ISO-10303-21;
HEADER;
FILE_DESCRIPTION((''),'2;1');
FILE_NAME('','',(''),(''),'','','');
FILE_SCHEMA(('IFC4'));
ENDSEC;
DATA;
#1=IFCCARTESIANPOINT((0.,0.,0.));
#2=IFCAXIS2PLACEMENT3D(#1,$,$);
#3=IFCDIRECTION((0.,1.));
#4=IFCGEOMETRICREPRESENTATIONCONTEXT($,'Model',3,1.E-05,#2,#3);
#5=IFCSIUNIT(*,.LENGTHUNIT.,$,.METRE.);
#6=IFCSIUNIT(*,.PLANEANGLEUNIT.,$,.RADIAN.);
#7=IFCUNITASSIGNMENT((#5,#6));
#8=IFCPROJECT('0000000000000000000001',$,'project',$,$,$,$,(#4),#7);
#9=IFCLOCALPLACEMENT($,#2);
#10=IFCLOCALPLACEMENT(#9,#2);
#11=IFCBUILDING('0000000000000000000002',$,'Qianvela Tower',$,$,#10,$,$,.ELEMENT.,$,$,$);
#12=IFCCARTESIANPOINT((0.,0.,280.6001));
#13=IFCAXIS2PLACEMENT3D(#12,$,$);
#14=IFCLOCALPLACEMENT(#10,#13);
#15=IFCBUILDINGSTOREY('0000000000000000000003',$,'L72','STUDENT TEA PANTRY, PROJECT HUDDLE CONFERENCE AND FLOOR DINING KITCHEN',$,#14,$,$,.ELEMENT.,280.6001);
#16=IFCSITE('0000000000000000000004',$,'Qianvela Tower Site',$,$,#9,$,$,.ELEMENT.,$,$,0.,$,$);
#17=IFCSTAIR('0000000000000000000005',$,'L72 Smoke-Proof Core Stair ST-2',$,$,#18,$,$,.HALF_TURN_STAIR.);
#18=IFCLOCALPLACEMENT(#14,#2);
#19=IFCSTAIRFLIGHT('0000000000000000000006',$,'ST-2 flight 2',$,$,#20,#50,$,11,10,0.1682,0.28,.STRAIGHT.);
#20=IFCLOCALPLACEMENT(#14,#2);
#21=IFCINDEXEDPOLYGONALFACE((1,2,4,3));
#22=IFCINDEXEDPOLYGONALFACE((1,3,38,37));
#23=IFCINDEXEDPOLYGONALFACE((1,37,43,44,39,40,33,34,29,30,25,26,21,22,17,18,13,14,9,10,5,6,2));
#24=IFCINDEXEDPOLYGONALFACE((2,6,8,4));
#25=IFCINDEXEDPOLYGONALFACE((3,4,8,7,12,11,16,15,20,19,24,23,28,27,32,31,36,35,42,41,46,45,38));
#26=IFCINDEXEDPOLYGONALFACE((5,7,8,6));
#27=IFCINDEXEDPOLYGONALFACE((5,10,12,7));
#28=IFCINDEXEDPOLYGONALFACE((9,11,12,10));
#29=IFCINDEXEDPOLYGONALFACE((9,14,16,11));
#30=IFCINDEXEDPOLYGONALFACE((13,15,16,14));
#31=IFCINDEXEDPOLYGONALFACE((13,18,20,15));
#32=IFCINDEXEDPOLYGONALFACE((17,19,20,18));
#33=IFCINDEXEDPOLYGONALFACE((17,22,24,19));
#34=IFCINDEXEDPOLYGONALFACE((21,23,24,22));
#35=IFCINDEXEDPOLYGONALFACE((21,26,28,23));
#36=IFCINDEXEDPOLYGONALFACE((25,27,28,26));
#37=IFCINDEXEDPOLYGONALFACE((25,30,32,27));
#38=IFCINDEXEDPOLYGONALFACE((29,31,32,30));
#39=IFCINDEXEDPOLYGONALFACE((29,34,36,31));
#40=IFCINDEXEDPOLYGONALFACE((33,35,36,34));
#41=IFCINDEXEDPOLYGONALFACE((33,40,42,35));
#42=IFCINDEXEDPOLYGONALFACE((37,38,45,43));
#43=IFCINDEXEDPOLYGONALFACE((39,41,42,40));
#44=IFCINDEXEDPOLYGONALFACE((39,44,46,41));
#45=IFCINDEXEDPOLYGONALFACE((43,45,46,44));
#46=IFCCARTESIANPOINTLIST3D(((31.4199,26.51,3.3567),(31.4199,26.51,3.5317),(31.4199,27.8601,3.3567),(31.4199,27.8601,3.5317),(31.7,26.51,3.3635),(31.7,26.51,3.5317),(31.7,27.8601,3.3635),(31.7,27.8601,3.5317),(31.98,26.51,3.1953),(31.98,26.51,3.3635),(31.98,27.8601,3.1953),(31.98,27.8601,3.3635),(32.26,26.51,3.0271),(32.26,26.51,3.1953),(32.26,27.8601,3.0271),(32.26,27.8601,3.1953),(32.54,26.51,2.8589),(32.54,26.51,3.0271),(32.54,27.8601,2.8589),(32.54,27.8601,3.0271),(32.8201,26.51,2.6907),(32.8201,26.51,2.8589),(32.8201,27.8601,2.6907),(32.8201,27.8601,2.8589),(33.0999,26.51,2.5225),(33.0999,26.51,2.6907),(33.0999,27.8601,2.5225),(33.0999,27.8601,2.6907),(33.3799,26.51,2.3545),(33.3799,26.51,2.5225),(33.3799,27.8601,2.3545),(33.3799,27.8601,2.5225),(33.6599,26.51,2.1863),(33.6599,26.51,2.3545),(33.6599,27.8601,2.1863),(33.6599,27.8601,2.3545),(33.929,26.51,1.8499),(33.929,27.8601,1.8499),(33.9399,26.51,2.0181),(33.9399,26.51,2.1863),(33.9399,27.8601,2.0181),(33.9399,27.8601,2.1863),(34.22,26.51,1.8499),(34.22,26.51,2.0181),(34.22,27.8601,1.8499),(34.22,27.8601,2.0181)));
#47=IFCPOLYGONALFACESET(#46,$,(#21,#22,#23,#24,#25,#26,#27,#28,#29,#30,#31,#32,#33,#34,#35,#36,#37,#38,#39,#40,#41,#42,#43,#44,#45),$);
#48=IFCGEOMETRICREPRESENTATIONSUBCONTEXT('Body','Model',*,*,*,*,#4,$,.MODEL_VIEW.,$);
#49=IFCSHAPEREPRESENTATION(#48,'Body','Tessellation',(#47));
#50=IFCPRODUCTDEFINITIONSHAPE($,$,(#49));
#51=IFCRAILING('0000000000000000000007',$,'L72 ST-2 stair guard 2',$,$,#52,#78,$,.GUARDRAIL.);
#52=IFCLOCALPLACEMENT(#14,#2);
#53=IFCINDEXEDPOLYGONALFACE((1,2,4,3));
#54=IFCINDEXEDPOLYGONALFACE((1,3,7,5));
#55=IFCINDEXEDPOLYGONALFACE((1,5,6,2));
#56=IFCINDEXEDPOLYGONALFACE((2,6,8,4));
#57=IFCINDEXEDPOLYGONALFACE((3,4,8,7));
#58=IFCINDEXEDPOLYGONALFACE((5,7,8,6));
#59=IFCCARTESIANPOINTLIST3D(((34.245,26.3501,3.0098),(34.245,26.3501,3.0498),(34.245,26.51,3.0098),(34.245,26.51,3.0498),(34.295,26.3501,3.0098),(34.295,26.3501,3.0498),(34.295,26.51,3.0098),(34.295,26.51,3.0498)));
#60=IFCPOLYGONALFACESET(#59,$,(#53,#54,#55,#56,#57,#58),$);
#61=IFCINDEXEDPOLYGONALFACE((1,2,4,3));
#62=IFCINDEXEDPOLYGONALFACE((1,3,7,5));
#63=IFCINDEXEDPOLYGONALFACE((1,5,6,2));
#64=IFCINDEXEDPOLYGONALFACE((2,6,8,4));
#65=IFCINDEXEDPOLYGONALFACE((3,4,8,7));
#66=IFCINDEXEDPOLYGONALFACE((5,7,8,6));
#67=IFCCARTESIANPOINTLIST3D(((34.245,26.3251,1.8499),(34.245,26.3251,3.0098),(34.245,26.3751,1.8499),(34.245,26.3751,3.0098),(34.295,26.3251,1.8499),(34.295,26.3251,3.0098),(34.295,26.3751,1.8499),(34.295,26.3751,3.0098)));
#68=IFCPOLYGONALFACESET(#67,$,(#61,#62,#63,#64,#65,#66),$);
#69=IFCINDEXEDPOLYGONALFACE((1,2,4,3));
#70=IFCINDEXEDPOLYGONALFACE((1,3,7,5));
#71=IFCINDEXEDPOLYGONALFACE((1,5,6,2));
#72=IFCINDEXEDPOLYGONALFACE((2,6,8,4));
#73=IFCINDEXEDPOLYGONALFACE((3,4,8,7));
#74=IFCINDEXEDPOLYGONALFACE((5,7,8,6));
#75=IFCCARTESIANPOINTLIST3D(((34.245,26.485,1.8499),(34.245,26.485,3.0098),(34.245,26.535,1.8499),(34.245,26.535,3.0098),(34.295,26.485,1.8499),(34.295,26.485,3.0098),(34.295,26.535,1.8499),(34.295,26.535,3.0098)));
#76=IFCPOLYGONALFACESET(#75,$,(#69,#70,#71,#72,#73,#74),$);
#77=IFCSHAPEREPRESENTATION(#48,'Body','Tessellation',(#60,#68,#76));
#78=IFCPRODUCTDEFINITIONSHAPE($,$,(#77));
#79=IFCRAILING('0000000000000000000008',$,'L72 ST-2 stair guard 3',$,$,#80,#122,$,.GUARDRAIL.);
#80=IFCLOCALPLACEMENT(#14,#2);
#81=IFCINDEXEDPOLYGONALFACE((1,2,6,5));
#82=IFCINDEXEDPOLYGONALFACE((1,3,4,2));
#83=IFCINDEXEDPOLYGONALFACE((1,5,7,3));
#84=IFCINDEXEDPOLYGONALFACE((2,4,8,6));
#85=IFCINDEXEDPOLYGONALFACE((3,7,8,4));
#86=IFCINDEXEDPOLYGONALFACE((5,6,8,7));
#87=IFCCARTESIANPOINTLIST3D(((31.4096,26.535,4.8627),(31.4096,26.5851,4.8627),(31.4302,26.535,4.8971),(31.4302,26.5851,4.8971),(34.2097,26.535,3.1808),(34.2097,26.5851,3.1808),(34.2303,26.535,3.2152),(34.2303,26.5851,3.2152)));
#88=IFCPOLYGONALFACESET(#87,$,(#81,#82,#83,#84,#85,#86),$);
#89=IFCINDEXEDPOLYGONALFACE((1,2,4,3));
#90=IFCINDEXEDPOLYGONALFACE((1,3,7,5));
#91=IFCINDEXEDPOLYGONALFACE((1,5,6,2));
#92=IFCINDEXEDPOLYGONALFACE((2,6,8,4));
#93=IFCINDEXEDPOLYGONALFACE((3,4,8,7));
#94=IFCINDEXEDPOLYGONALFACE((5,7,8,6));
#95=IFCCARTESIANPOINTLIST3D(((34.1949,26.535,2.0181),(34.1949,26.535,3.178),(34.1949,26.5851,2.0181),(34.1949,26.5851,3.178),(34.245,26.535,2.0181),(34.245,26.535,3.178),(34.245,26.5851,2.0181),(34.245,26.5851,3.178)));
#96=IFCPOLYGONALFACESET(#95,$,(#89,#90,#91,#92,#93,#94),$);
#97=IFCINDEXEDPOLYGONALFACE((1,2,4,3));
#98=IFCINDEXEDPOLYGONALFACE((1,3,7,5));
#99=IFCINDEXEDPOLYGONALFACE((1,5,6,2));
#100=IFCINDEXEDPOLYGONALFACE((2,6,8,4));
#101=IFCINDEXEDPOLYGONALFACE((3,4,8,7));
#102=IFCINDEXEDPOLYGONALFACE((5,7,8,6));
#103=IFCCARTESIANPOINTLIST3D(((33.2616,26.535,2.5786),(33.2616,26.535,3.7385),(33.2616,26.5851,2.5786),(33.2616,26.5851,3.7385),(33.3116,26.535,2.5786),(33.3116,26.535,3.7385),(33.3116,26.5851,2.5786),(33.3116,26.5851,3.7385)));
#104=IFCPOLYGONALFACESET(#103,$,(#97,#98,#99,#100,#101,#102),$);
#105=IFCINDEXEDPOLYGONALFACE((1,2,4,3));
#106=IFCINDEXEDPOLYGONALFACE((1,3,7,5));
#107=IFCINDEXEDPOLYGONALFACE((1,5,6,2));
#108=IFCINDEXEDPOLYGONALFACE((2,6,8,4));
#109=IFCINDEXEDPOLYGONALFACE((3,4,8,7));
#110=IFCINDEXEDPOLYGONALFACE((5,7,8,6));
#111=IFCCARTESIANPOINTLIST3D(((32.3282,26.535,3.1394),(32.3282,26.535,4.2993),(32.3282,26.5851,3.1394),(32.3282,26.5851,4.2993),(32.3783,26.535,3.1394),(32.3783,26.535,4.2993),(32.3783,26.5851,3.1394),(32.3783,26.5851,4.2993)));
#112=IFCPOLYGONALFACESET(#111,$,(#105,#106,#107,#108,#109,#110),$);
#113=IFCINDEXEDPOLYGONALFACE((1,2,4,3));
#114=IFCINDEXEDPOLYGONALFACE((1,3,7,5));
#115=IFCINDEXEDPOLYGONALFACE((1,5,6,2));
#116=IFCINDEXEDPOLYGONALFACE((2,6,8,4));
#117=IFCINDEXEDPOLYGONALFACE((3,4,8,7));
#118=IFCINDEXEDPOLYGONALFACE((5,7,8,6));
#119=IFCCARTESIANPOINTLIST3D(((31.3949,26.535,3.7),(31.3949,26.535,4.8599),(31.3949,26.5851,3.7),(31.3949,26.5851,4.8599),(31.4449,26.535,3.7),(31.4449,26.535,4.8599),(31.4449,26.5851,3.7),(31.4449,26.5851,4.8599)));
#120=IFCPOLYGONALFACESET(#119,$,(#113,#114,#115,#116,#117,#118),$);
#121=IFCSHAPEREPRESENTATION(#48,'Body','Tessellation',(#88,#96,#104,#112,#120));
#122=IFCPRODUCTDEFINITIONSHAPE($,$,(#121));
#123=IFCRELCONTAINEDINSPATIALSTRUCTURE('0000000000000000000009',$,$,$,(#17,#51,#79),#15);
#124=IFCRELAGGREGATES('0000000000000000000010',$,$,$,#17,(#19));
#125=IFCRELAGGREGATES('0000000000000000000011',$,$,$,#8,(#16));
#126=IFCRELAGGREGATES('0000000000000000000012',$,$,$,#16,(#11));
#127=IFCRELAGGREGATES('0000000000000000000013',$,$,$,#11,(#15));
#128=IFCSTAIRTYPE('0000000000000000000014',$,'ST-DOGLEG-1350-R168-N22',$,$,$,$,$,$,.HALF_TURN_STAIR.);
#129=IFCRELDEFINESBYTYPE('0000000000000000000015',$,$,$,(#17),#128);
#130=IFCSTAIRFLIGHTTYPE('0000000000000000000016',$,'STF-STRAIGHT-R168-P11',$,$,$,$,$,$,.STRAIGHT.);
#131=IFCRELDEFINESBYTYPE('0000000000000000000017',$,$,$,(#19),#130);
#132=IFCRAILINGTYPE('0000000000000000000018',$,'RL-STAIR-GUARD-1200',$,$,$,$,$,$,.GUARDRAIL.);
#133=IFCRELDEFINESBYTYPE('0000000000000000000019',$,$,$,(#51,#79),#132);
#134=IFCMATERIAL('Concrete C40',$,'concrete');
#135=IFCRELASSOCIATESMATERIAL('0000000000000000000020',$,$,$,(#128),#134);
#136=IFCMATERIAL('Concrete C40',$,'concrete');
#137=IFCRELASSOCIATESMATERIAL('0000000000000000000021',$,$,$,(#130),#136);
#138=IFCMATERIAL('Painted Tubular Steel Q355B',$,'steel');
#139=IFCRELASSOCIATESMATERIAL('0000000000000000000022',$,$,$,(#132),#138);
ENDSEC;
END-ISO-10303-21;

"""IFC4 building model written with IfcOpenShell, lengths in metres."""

from ifc_helpers import new_model, si_unit, direction, frame, origin, origin_2d, place, context, subcontext, project, spatial, polyline, rectangle, outline, extrude, material, type_object, element, aggregate, save


model = new_model("IFC4")

# Units and contexts
model_context = context("Model", 3, precision=1e-05, world=origin(), true_north=direction((0.0, 1.0)))
body_context = subcontext(model_context, "Body", "Model", "MODEL_VIEW")
ifc_project = project(units=[si_unit("LENGTHUNIT", "METRE"), si_unit("PLANEANGLEUNIT", "RADIAN")], contexts=[model_context])

# Site, building, storey
site_placement = place(None, origin())
site = spatial("IfcSite", under=ifc_project, at=site_placement, Name="Qianvela Tower Site", CompositionType="ELEMENT", RefElevation=0.0)
building_placement = place(site_placement, origin())
building = spatial("IfcBuilding", under=site, at=building_placement, Name="Qianvela Tower", CompositionType="ELEMENT")
storey_placement = place(building_placement, frame((0.0, 0.0, 280.6001)))
storey = spatial("IfcBuildingStorey", under=building, at=storey_placement, Name="L72", Description="STUDENT TEA PANTRY, PROJECT HUDDLE CONFERENCE AND FLOOR DINING KITCHEN", CompositionType="ELEMENT", Elevation=280.6001)

# Stair, stair flight
ifc_material_1 = material(Name="Concrete C40", Category="concrete")
stair_type = type_object("IfcStairType", Name="ST-DOGLEG-1350-R168-N22", PredefinedType="HALF_TURN_STAIR", material=ifc_material_1)
stair_placement = place(storey_placement, origin())
stair = element("IfcStair", 1, at=stair_placement, inside=storey, type_object=stair_type, Name="L72 Smoke-Proof Core Stair ST-2", PredefinedType="HALF_TURN_STAIR")
ifc_material_2 = material(Name="Concrete C40", Category="concrete")
stair_flight_type = type_object("IfcStairFlightType", Name="STF-STRAIGHT-R168-P11", PredefinedType="STRAIGHT", material=ifc_material_2)
stair_flight_placement = place(storey_placement, frame((34.22, 27.1851, 1.8499), z_axis=(0.0, 0.0, 1.0), x_axis=(-1.0, 0.0, 0.0)))
stair_flight = element("IfcStairFlight", 2, at=stair_flight_placement, type_object=stair_flight_type, Name="ST-2 flight 2", NumberOfRisers=11, NumberOfTreads=10, PredefinedType="STRAIGHT", RiserHeight=0.1682, TreadLength=0.28, context=body_context, shape_type="SweptSolid", body=[
    extrude(outline(polyline([(0.0, 0.0), (0.0, 0.1682), (0.28, 0.1682), (0.28, 0.3364), (0.5601, 0.3364), (0.5601, 0.5046), (0.8401, 0.5046), (0.8401, 0.6726), (1.1201, 0.6726), (1.1201, 0.8408), (1.3999, 0.8408), (1.3999, 1.009), (1.6799, 1.009), (1.6799, 1.1772), (1.96, 1.1772), (1.96, 1.3455), (2.24, 1.3455), (2.24, 1.5137), (2.52, 1.5137), (2.52, 1.6819), (2.8, 1.6819), (2.8, 1.8501), (2.8, 1.5068), (0.291, 0.0), (0.0, 0.0)])), frame((0.0, 0.675, 0.0), z_axis=(0.0, -1.0, 0.0), x_axis=(1.0, 0.0, 0.0)), (0.0, 0.0, 1.0), 1.3501),
])
aggregate(stair, [stair_flight])

# Railings
ifc_material_3 = material(Name="Painted Tubular Steel Q355B", Category="steel")
railing_type = type_object("IfcRailingType", Name="RL-STAIR-GUARD-1200", PredefinedType="GUARDRAIL", material=ifc_material_3)
railing_1_placement = place(storey_placement, frame((34.27, 26.3501, 1.8499)))
element("IfcRailing", 3, at=railing_1_placement, inside=storey, type_object=railing_type, Name="L72 ST-2 stair guard 2", PredefinedType="GUARDRAIL", context=body_context, shape_type="SweptSolid", body=[
    extrude(rectangle(XDim=0.05, YDim=0.04, at=origin_2d()), frame((0.0, 0.0, 1.1799), z_axis=(0.0, 1.0, 0.0), x_axis=(-1.0, 0.0, 0.0)), (0.0, 0.0, 1.0), 0.1599),
    extrude(rectangle(XDim=0.05, YDim=0.05, at=origin_2d()), origin(), (0.0, 0.0, 1.0), 1.1599),
    extrude(rectangle(XDim=0.05, YDim=0.05, at=origin_2d()), frame((0.0, 0.1599, 0.0)), (0.0, 0.0, 1.0), 1.1599),
])
railing_2_placement = place(storey_placement, frame((34.22, 26.5601, 2.0181)))
element("IfcRailing", 4, at=railing_2_placement, inside=storey, type_object=railing_type, Name="L72 ST-2 stair guard 3", PredefinedType="GUARDRAIL", context=body_context, shape_type="SweptSolid", body=[
    extrude(rectangle(XDim=0.05, YDim=0.04, at=origin_2d()), frame((0.0, 0.0, 1.1799), z_axis=(-0.857242, 0.0, 0.514913), x_axis=(0.0, -1.0, 0.0)), (0.0, 0.0, 1.0), 3.2664),
    extrude(rectangle(XDim=0.05, YDim=0.05, at=origin_2d()), origin(), (0.0, 0.0, 1.0), 1.1599),
    extrude(rectangle(XDim=0.05, YDim=0.05, at=origin_2d()), frame((-0.9333, 0.0, 0.5605)), (0.0, 0.0, 1.0), 1.1599),
    extrude(rectangle(XDim=0.05, YDim=0.05, at=origin_2d()), frame((-1.8667, 0.0, 1.1213)), (0.0, 0.0, 1.0), 1.1599),
    extrude(rectangle(XDim=0.05, YDim=0.05, at=origin_2d()), frame((-2.8, 0.0, 1.6819)), (0.0, 0.0, 1.0), 1.1599),
])

save(model, "model.ifc")
